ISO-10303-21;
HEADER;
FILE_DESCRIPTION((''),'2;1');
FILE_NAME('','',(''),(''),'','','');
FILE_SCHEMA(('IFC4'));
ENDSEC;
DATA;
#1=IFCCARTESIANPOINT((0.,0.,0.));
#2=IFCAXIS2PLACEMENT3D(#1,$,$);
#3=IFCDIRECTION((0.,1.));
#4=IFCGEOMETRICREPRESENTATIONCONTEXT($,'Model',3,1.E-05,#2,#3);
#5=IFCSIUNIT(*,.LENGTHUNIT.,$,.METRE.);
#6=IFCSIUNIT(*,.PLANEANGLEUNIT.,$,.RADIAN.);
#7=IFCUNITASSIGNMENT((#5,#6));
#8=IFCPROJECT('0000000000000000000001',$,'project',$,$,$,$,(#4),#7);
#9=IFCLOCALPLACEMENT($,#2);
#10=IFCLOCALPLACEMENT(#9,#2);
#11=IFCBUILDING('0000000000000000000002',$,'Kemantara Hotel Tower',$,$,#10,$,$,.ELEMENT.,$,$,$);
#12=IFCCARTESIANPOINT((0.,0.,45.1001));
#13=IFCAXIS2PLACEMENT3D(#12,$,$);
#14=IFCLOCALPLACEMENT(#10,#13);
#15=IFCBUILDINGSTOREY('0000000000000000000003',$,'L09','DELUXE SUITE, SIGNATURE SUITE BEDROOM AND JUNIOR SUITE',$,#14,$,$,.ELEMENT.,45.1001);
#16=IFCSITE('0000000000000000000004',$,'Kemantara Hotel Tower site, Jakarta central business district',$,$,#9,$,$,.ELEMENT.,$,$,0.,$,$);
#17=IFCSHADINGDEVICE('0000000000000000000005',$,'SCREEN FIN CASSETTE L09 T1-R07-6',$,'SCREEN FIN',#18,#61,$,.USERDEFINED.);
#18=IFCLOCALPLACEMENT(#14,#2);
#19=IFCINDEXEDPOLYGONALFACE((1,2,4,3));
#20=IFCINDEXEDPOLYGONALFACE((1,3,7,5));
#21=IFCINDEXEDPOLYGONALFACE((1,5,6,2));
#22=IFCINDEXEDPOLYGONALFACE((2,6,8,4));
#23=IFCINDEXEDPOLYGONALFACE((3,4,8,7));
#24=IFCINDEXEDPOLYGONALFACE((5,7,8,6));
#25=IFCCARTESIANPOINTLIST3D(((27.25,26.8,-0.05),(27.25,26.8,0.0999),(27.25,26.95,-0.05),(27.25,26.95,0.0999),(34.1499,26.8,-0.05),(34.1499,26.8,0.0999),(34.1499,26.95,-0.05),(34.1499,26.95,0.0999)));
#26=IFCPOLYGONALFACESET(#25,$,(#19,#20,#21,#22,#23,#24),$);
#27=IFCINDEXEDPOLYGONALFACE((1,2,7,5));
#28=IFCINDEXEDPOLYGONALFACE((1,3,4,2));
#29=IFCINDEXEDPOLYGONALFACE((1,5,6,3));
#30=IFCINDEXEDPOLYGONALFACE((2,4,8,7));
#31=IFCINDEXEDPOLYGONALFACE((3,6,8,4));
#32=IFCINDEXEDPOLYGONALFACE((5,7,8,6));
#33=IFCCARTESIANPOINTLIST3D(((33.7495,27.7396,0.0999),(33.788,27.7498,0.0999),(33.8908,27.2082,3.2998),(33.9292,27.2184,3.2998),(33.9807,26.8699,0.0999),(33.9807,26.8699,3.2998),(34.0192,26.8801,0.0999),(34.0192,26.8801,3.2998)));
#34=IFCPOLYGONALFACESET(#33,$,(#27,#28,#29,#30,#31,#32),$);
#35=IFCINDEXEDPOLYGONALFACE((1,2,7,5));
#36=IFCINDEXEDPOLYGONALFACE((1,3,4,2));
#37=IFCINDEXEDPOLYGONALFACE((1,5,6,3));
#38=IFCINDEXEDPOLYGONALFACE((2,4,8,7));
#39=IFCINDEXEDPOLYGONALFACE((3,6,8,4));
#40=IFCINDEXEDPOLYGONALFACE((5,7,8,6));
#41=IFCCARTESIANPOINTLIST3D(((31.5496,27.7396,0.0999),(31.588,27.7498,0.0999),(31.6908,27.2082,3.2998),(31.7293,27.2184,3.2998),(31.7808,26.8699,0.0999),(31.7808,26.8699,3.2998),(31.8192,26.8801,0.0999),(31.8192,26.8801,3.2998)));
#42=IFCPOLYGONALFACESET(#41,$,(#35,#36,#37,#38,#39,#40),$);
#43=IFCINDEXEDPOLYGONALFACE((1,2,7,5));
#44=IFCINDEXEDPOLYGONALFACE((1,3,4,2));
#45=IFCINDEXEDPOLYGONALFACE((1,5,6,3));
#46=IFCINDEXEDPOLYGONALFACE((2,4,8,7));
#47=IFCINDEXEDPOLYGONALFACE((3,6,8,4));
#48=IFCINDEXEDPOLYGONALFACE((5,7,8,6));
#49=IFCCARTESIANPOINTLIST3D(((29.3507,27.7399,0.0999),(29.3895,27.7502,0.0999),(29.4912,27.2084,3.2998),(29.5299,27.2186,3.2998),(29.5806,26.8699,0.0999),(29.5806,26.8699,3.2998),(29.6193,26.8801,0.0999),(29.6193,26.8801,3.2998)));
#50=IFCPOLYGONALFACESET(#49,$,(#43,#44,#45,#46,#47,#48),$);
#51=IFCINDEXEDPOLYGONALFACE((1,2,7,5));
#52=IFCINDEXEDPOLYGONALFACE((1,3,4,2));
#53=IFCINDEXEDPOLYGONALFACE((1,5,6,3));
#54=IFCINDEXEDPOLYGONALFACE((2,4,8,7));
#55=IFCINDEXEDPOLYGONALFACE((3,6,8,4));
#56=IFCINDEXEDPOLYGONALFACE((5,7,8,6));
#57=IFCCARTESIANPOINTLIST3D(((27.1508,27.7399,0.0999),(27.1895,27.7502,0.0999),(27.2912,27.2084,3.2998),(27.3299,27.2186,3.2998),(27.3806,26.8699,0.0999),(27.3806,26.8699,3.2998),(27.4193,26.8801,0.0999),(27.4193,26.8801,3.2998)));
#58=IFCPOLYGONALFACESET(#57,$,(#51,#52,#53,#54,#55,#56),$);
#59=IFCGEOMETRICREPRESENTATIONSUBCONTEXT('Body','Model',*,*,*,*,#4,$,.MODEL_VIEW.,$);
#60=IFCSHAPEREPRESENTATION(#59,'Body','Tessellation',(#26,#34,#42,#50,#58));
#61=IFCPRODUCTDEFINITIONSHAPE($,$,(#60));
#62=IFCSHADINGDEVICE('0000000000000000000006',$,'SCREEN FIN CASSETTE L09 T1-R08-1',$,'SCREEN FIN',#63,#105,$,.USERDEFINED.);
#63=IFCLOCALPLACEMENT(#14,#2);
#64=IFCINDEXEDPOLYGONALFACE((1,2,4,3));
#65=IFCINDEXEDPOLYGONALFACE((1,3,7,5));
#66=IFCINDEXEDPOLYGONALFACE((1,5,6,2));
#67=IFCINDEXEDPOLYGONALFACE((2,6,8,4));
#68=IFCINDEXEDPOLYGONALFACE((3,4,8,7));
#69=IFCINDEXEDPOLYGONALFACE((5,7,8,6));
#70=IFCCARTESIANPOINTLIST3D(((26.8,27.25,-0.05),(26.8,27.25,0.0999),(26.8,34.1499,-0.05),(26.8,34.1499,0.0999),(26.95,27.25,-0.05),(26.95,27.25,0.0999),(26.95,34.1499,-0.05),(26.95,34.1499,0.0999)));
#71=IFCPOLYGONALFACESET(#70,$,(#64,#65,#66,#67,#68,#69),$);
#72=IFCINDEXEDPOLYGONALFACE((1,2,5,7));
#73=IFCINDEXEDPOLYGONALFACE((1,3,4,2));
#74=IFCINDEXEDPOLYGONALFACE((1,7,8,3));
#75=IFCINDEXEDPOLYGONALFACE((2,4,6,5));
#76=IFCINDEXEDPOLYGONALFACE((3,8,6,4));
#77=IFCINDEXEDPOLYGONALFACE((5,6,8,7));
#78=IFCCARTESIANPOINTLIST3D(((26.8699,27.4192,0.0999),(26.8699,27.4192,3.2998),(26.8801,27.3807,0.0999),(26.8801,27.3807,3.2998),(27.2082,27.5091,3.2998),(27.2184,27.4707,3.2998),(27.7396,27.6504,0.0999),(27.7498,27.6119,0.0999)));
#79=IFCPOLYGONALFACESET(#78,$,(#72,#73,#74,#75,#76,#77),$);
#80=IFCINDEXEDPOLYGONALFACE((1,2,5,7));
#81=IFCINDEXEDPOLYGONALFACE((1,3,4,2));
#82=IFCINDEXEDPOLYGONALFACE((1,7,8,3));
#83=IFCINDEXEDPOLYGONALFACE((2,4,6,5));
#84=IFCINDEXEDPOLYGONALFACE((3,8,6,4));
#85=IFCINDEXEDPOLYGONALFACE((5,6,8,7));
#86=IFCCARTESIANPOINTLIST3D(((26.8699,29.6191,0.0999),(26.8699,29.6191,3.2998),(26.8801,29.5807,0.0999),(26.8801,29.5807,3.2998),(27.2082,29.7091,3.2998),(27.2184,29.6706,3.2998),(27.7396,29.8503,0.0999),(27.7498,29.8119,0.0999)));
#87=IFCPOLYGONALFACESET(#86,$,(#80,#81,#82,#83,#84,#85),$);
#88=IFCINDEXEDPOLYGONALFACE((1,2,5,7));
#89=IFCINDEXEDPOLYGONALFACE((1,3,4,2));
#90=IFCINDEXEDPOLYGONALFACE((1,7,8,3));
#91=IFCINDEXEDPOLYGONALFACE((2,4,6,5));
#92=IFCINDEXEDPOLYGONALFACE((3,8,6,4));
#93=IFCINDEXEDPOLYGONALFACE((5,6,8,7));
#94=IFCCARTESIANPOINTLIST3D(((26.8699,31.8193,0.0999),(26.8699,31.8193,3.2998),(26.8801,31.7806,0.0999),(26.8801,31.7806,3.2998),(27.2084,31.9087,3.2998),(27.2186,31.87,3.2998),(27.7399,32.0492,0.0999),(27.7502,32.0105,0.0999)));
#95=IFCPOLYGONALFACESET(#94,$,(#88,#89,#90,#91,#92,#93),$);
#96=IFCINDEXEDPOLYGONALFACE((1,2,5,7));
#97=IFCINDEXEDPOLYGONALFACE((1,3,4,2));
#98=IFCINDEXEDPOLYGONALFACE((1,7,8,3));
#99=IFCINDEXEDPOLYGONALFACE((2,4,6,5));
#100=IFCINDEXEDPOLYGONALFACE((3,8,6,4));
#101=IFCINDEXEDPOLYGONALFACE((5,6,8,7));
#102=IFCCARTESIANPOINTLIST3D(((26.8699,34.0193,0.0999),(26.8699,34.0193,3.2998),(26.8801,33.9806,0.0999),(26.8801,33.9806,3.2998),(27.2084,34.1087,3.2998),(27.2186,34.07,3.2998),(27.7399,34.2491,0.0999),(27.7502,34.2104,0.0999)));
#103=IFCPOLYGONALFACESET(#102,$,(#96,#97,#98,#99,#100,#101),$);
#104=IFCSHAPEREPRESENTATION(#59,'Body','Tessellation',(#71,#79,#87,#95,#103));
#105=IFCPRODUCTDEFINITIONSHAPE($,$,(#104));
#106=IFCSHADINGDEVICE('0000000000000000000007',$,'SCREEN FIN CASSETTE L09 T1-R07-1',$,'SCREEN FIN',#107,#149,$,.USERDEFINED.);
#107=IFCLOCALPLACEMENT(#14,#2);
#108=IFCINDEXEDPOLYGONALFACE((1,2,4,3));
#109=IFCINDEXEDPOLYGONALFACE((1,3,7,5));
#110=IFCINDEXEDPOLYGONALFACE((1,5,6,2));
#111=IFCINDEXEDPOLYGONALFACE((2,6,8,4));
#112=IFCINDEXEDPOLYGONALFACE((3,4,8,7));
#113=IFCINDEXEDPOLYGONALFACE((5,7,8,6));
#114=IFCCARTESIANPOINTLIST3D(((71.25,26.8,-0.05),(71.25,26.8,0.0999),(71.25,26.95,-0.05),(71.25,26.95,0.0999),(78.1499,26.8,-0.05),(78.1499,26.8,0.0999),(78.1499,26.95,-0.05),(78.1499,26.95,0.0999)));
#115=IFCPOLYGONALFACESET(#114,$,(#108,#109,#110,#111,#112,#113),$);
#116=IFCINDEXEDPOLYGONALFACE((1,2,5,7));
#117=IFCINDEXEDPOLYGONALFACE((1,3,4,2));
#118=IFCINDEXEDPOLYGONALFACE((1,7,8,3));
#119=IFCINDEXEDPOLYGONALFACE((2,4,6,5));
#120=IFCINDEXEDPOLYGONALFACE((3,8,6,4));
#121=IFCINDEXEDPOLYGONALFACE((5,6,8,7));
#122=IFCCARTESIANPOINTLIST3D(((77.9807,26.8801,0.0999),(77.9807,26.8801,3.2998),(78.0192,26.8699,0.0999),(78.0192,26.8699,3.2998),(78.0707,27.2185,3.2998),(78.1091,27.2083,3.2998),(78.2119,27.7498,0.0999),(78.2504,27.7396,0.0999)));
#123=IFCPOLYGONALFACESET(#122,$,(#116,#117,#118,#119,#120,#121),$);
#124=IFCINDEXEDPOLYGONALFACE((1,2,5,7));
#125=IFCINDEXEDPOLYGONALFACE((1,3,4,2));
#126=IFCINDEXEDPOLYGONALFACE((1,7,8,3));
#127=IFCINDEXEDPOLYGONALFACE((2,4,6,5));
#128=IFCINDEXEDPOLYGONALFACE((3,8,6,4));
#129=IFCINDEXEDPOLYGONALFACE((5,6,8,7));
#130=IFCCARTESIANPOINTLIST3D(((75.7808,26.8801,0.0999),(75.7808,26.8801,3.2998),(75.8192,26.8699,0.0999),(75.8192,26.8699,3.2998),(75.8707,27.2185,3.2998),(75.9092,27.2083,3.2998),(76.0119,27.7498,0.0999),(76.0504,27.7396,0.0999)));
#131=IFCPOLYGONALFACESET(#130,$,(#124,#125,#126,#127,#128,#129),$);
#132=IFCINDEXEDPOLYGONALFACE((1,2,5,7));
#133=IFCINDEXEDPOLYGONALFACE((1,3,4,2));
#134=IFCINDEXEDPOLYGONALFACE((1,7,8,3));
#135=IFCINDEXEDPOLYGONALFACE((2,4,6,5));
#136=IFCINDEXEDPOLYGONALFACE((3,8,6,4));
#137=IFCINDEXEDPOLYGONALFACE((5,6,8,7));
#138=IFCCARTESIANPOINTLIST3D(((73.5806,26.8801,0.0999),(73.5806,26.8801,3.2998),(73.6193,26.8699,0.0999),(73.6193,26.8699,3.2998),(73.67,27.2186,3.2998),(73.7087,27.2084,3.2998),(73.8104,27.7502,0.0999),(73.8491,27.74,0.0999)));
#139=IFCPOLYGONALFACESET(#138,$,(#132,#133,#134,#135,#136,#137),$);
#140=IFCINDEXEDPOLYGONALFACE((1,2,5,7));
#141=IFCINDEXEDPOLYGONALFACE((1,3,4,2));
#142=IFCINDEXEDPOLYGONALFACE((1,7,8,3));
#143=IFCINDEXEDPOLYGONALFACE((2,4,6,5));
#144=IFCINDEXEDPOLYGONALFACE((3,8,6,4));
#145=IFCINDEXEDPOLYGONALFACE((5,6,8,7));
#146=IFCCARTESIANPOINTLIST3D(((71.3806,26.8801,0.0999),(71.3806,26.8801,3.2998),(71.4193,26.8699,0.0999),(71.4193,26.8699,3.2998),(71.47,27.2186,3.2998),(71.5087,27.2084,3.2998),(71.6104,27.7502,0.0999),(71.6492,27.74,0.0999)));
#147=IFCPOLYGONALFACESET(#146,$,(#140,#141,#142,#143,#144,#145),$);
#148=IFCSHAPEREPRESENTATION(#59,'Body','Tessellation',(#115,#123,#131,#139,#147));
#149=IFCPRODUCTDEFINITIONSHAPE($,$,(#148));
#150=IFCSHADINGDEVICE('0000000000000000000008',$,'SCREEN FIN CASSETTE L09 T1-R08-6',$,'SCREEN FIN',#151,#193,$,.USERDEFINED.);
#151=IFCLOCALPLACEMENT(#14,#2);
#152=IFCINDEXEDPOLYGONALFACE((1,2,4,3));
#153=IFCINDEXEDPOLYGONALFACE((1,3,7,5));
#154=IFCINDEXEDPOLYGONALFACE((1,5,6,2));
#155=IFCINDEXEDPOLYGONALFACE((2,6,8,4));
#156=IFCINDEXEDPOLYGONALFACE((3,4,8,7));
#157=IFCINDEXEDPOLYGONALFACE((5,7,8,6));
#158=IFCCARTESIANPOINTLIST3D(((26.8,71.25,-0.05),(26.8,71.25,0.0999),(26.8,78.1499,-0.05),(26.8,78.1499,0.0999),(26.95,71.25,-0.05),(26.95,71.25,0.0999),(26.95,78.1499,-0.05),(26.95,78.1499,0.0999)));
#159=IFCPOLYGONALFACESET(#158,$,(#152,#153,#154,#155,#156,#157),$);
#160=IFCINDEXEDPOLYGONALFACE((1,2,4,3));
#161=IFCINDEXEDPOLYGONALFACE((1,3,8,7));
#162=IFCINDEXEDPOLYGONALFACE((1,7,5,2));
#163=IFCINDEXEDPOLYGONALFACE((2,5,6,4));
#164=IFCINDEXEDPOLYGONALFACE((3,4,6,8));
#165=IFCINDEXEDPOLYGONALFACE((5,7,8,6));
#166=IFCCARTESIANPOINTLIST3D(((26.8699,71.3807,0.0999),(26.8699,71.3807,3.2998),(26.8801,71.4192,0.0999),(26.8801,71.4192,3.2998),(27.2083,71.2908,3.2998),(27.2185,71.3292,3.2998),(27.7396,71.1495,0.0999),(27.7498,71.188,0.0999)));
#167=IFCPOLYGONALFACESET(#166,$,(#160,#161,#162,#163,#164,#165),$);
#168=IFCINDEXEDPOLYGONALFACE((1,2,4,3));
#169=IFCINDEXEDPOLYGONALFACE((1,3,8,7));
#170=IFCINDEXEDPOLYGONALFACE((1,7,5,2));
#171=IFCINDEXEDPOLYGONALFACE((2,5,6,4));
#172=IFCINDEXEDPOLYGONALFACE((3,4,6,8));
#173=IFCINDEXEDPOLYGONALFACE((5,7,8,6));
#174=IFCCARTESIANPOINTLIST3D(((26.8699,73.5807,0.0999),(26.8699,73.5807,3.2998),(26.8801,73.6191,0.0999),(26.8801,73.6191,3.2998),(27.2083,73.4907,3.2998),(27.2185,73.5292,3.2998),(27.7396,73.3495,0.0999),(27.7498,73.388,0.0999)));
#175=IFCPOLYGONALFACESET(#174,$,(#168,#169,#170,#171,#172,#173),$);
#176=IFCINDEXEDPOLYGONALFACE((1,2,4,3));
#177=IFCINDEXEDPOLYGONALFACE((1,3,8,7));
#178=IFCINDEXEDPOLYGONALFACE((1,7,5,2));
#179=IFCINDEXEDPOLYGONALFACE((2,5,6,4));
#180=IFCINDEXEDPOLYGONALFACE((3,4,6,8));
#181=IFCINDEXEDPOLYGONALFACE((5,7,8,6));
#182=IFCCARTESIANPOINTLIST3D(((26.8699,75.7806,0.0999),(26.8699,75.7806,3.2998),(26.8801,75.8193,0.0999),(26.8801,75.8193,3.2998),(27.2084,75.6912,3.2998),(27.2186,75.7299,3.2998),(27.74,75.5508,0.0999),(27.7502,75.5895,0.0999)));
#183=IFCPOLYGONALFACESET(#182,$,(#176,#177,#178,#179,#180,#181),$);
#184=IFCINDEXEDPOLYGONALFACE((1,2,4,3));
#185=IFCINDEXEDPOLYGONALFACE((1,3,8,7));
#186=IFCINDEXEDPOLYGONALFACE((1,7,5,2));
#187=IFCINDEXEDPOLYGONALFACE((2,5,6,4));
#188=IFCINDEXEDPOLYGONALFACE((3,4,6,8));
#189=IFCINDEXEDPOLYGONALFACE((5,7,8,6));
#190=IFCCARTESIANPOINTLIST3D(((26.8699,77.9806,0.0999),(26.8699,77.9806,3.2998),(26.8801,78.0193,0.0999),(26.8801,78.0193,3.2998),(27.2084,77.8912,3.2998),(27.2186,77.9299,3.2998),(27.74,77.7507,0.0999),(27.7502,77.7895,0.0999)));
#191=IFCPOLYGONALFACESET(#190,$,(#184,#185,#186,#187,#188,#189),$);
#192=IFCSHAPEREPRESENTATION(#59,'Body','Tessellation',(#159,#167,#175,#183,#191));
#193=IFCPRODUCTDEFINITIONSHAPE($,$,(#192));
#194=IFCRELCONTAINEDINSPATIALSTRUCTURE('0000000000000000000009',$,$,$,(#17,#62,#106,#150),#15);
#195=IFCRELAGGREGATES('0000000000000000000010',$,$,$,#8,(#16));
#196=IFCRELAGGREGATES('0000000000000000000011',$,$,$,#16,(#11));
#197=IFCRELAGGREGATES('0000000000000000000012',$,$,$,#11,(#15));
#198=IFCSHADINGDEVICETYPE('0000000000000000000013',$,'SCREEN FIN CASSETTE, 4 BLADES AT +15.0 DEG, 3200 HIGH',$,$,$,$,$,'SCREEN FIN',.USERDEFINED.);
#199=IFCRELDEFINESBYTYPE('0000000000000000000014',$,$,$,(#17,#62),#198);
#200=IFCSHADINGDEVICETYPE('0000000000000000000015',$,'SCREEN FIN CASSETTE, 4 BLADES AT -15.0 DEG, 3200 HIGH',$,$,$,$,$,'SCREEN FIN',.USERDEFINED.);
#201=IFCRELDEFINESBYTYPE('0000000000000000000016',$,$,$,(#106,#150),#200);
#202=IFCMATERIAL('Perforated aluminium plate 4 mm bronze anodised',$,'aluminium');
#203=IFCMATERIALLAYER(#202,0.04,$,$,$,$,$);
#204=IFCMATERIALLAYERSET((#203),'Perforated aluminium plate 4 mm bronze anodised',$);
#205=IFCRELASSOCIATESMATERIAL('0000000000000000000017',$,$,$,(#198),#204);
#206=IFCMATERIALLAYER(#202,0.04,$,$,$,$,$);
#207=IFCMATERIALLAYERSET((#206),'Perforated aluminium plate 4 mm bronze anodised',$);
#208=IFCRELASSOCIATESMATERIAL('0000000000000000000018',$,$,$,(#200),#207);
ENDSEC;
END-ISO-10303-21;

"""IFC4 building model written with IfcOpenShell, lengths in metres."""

from ifc_helpers import new_model, si_unit, direction, frame, origin, origin_2d, place, context, subcontext, project, spatial, polyline, rectangle, outline, extrude, source, transform, mapped, material, layer, layer_set, type_object, element, save


model = new_model("IFC4")

# Units and contexts
model_context = context("Model", 3, precision=1e-05, world=origin(), true_north=direction((0.0, 1.0)))
body_context = subcontext(model_context, "Body", "Model", "MODEL_VIEW")
ifc_project = project(units=[si_unit("LENGTHUNIT", "METRE"), si_unit("PLANEANGLEUNIT", "RADIAN")], contexts=[model_context])

# Site, building, storey
site_placement = place(None, origin())
site = spatial("IfcSite", under=ifc_project, at=site_placement, Name="Kemantara Hotel Tower site, Jakarta central business district", CompositionType="ELEMENT", RefElevation=0.0)
building_placement = place(site_placement, origin())
building = spatial("IfcBuilding", under=site, at=building_placement, Name="Kemantara Hotel Tower", CompositionType="ELEMENT")
storey_placement = place(building_placement, frame((0.0, 0.0, 45.1001)))
storey = spatial("IfcBuildingStorey", under=building, at=storey_placement, Name="L09", Description="DELUXE SUITE, SIGNATURE SUITE BEDROOM AND JUNIOR SUITE", CompositionType="ELEMENT", Elevation=45.1001)

# Shading devices
ifc_material_1 = material(Name="Perforated aluminium plate 4 mm bronze anodised", Category="aluminium")
ifc_layer_1 = layer(ifc_material_1, 0.04)
ifc_layer_set_1 = layer_set([ifc_layer_1], Name="Perforated aluminium plate 4 mm bronze anodised")
shading_device_type_1 = type_object("IfcShadingDeviceType", Name="SCREEN FIN CASSETTE, 4 BLADES AT +15.0 DEG, 3200 HIGH", ElementType="SCREEN FIN", PredefinedType="USERDEFINED", material=ifc_layer_set_1)
shared_shape_1 = source(origin(), body_context, "Body", "SweptSolid", [
    extrude(rectangle(XDim=6.8999, YDim=0.1499, at=origin_2d()), frame((3.3, -0.075, -0.1499), z_axis=(0.0, 0.0, 1.0), x_axis=(1.0, 0.0, 0.0)), (0.0, 0.0, 1.0), 0.1499),
    extrude(outline(polyline([(0.0, 0.0), (0.8999, 0.0), (0.3501, 3.2), (0.0, 3.2), (0.0, 0.0)])), frame((0.0193, -0.0698, 0.0), z_axis=(-0.966438, -0.256901, 0.0), x_axis=(0.256901, -0.966438, 0.0)), (0.0, 0.0, 1.0), 0.0398),
    extrude(outline(polyline([(0.0, 0.0), (0.8999, 0.0), (0.3501, 3.2), (0.0, 3.2), (0.0, 0.0)])), frame((2.2192, -0.0698, 0.0), z_axis=(-0.966438, -0.256901, 0.0), x_axis=(0.256901, -0.966438, 0.0)), (0.0, 0.0, 1.0), 0.0398),
    extrude(outline(polyline([(0.0, 0.0), (0.8999, 0.0), (0.3501, 3.2), (0.0, 3.2), (0.0, 0.0)])), frame((4.4194, -0.0698, 0.0), z_axis=(-0.966838, -0.255391, 0.0), x_axis=(0.255391, -0.966838, 0.0)), (0.0, 0.0, 1.0), 0.04),
    extrude(outline(polyline([(0.0, 0.0), (0.8999, 0.0), (0.3501, 3.2), (0.0, 3.2), (0.0, 0.0)])), frame((6.6194, -0.0698, 0.0), z_axis=(-0.966838, -0.255391, 0.0), x_axis=(0.255391, -0.966838, 0.0)), (0.0, 0.0, 1.0), 0.04),
])
for number, where, z_axis, x_axis, name in (
    (1, (34.0, 26.8, 0.0999), (0.0, 0.0, 1.0), (-1.0, 0.0, 0.0), "SCREEN FIN CASSETTE L09 T1-R07-6"),
    (2, (26.8, 27.3999, 0.0999), (0.0, 0.0, 1.0), (0.0, 1.0, 0.0), "SCREEN FIN CASSETTE L09 T1-R08-1"),
):
    element("IfcShadingDevice", number, at=place(storey_placement, frame(where, z_axis=z_axis, x_axis=x_axis)), inside=storey, type_object=shading_device_type_1, Name=name, ObjectType="SCREEN FIN", PredefinedType="USERDEFINED", context=body_context, shape_type="MappedRepresentation", body=[
        mapped(shared_shape_1, transform((0.0, 0.0, 0.0))),
    ])
ifc_layer_2 = layer(ifc_material_1, 0.04)
ifc_layer_set_2 = layer_set([ifc_layer_2], Name="Perforated aluminium plate 4 mm bronze anodised")
shading_device_type_2 = type_object("IfcShadingDeviceType", Name="SCREEN FIN CASSETTE, 4 BLADES AT -15.0 DEG, 3200 HIGH", ElementType="SCREEN FIN", PredefinedType="USERDEFINED", material=ifc_layer_set_2)
shared_shape_2 = source(origin(), body_context, "Body", "SweptSolid", [
    extrude(rectangle(XDim=6.8999, YDim=0.1499, at=origin_2d()), frame((3.3, -0.075, -0.1499), z_axis=(0.0, 0.0, 1.0), x_axis=(1.0, 0.0, 0.0)), (0.0, 0.0, 1.0), 0.1499),
    extrude(outline(polyline([(0.0, 0.0), (0.8999, 0.0), (0.3501, 3.2), (0.0, 3.2), (0.0, 0.0)])), frame((0.0193, -0.0801, 0.0), z_axis=(-0.966438, 0.256901, 0.0), x_axis=(-0.256901, -0.966438, 0.0)), (0.0, 0.0, 1.0), 0.0398),
    extrude(outline(polyline([(0.0, 0.0), (0.8999, 0.0), (0.3501, 3.2), (0.0, 3.2), (0.0, 0.0)])), frame((2.2192, -0.0801, 0.0), z_axis=(-0.966438, 0.256901, 0.0), x_axis=(-0.256901, -0.966438, 0.0)), (0.0, 0.0, 1.0), 0.0398),
    extrude(outline(polyline([(0.0, 0.0), (0.8999, 0.0), (0.3501, 3.2), (0.0, 3.2), (0.0, 0.0)])), frame((4.4194, -0.0801, 0.0), z_axis=(-0.966838, 0.255391, 0.0), x_axis=(-0.255391, -0.966838, 0.0)), (0.0, 0.0, 1.0), 0.04),
    extrude(outline(polyline([(0.0, 0.0), (0.8999, 0.0), (0.3501, 3.2), (0.0, 3.2), (0.0, 0.0)])), frame((6.6194, -0.0801, 0.0), z_axis=(-0.966838, 0.255391, 0.0), x_axis=(-0.255391, -0.966838, 0.0)), (0.0, 0.0, 1.0), 0.04),
])
for number, where, z_axis, x_axis, name in (
    (3, (78.0, 26.8, 0.0999), (0.0, 0.0, 1.0), (-1.0, 0.0, 0.0), "SCREEN FIN CASSETTE L09 T1-R07-1"),
    (4, (26.8, 71.3999, 0.0999), (0.0, 0.0, 1.0), (0.0, 1.0, 0.0), "SCREEN FIN CASSETTE L09 T1-R08-6"),
):
    element("IfcShadingDevice", number, at=place(storey_placement, frame(where, z_axis=z_axis, x_axis=x_axis)), inside=storey, type_object=shading_device_type_2, Name=name, ObjectType="SCREEN FIN", PredefinedType="USERDEFINED", context=body_context, shape_type="MappedRepresentation", body=[
        mapped(shared_shape_2, transform((0.0, 0.0, 0.0))),
    ])

save(model, "model.ifc")
